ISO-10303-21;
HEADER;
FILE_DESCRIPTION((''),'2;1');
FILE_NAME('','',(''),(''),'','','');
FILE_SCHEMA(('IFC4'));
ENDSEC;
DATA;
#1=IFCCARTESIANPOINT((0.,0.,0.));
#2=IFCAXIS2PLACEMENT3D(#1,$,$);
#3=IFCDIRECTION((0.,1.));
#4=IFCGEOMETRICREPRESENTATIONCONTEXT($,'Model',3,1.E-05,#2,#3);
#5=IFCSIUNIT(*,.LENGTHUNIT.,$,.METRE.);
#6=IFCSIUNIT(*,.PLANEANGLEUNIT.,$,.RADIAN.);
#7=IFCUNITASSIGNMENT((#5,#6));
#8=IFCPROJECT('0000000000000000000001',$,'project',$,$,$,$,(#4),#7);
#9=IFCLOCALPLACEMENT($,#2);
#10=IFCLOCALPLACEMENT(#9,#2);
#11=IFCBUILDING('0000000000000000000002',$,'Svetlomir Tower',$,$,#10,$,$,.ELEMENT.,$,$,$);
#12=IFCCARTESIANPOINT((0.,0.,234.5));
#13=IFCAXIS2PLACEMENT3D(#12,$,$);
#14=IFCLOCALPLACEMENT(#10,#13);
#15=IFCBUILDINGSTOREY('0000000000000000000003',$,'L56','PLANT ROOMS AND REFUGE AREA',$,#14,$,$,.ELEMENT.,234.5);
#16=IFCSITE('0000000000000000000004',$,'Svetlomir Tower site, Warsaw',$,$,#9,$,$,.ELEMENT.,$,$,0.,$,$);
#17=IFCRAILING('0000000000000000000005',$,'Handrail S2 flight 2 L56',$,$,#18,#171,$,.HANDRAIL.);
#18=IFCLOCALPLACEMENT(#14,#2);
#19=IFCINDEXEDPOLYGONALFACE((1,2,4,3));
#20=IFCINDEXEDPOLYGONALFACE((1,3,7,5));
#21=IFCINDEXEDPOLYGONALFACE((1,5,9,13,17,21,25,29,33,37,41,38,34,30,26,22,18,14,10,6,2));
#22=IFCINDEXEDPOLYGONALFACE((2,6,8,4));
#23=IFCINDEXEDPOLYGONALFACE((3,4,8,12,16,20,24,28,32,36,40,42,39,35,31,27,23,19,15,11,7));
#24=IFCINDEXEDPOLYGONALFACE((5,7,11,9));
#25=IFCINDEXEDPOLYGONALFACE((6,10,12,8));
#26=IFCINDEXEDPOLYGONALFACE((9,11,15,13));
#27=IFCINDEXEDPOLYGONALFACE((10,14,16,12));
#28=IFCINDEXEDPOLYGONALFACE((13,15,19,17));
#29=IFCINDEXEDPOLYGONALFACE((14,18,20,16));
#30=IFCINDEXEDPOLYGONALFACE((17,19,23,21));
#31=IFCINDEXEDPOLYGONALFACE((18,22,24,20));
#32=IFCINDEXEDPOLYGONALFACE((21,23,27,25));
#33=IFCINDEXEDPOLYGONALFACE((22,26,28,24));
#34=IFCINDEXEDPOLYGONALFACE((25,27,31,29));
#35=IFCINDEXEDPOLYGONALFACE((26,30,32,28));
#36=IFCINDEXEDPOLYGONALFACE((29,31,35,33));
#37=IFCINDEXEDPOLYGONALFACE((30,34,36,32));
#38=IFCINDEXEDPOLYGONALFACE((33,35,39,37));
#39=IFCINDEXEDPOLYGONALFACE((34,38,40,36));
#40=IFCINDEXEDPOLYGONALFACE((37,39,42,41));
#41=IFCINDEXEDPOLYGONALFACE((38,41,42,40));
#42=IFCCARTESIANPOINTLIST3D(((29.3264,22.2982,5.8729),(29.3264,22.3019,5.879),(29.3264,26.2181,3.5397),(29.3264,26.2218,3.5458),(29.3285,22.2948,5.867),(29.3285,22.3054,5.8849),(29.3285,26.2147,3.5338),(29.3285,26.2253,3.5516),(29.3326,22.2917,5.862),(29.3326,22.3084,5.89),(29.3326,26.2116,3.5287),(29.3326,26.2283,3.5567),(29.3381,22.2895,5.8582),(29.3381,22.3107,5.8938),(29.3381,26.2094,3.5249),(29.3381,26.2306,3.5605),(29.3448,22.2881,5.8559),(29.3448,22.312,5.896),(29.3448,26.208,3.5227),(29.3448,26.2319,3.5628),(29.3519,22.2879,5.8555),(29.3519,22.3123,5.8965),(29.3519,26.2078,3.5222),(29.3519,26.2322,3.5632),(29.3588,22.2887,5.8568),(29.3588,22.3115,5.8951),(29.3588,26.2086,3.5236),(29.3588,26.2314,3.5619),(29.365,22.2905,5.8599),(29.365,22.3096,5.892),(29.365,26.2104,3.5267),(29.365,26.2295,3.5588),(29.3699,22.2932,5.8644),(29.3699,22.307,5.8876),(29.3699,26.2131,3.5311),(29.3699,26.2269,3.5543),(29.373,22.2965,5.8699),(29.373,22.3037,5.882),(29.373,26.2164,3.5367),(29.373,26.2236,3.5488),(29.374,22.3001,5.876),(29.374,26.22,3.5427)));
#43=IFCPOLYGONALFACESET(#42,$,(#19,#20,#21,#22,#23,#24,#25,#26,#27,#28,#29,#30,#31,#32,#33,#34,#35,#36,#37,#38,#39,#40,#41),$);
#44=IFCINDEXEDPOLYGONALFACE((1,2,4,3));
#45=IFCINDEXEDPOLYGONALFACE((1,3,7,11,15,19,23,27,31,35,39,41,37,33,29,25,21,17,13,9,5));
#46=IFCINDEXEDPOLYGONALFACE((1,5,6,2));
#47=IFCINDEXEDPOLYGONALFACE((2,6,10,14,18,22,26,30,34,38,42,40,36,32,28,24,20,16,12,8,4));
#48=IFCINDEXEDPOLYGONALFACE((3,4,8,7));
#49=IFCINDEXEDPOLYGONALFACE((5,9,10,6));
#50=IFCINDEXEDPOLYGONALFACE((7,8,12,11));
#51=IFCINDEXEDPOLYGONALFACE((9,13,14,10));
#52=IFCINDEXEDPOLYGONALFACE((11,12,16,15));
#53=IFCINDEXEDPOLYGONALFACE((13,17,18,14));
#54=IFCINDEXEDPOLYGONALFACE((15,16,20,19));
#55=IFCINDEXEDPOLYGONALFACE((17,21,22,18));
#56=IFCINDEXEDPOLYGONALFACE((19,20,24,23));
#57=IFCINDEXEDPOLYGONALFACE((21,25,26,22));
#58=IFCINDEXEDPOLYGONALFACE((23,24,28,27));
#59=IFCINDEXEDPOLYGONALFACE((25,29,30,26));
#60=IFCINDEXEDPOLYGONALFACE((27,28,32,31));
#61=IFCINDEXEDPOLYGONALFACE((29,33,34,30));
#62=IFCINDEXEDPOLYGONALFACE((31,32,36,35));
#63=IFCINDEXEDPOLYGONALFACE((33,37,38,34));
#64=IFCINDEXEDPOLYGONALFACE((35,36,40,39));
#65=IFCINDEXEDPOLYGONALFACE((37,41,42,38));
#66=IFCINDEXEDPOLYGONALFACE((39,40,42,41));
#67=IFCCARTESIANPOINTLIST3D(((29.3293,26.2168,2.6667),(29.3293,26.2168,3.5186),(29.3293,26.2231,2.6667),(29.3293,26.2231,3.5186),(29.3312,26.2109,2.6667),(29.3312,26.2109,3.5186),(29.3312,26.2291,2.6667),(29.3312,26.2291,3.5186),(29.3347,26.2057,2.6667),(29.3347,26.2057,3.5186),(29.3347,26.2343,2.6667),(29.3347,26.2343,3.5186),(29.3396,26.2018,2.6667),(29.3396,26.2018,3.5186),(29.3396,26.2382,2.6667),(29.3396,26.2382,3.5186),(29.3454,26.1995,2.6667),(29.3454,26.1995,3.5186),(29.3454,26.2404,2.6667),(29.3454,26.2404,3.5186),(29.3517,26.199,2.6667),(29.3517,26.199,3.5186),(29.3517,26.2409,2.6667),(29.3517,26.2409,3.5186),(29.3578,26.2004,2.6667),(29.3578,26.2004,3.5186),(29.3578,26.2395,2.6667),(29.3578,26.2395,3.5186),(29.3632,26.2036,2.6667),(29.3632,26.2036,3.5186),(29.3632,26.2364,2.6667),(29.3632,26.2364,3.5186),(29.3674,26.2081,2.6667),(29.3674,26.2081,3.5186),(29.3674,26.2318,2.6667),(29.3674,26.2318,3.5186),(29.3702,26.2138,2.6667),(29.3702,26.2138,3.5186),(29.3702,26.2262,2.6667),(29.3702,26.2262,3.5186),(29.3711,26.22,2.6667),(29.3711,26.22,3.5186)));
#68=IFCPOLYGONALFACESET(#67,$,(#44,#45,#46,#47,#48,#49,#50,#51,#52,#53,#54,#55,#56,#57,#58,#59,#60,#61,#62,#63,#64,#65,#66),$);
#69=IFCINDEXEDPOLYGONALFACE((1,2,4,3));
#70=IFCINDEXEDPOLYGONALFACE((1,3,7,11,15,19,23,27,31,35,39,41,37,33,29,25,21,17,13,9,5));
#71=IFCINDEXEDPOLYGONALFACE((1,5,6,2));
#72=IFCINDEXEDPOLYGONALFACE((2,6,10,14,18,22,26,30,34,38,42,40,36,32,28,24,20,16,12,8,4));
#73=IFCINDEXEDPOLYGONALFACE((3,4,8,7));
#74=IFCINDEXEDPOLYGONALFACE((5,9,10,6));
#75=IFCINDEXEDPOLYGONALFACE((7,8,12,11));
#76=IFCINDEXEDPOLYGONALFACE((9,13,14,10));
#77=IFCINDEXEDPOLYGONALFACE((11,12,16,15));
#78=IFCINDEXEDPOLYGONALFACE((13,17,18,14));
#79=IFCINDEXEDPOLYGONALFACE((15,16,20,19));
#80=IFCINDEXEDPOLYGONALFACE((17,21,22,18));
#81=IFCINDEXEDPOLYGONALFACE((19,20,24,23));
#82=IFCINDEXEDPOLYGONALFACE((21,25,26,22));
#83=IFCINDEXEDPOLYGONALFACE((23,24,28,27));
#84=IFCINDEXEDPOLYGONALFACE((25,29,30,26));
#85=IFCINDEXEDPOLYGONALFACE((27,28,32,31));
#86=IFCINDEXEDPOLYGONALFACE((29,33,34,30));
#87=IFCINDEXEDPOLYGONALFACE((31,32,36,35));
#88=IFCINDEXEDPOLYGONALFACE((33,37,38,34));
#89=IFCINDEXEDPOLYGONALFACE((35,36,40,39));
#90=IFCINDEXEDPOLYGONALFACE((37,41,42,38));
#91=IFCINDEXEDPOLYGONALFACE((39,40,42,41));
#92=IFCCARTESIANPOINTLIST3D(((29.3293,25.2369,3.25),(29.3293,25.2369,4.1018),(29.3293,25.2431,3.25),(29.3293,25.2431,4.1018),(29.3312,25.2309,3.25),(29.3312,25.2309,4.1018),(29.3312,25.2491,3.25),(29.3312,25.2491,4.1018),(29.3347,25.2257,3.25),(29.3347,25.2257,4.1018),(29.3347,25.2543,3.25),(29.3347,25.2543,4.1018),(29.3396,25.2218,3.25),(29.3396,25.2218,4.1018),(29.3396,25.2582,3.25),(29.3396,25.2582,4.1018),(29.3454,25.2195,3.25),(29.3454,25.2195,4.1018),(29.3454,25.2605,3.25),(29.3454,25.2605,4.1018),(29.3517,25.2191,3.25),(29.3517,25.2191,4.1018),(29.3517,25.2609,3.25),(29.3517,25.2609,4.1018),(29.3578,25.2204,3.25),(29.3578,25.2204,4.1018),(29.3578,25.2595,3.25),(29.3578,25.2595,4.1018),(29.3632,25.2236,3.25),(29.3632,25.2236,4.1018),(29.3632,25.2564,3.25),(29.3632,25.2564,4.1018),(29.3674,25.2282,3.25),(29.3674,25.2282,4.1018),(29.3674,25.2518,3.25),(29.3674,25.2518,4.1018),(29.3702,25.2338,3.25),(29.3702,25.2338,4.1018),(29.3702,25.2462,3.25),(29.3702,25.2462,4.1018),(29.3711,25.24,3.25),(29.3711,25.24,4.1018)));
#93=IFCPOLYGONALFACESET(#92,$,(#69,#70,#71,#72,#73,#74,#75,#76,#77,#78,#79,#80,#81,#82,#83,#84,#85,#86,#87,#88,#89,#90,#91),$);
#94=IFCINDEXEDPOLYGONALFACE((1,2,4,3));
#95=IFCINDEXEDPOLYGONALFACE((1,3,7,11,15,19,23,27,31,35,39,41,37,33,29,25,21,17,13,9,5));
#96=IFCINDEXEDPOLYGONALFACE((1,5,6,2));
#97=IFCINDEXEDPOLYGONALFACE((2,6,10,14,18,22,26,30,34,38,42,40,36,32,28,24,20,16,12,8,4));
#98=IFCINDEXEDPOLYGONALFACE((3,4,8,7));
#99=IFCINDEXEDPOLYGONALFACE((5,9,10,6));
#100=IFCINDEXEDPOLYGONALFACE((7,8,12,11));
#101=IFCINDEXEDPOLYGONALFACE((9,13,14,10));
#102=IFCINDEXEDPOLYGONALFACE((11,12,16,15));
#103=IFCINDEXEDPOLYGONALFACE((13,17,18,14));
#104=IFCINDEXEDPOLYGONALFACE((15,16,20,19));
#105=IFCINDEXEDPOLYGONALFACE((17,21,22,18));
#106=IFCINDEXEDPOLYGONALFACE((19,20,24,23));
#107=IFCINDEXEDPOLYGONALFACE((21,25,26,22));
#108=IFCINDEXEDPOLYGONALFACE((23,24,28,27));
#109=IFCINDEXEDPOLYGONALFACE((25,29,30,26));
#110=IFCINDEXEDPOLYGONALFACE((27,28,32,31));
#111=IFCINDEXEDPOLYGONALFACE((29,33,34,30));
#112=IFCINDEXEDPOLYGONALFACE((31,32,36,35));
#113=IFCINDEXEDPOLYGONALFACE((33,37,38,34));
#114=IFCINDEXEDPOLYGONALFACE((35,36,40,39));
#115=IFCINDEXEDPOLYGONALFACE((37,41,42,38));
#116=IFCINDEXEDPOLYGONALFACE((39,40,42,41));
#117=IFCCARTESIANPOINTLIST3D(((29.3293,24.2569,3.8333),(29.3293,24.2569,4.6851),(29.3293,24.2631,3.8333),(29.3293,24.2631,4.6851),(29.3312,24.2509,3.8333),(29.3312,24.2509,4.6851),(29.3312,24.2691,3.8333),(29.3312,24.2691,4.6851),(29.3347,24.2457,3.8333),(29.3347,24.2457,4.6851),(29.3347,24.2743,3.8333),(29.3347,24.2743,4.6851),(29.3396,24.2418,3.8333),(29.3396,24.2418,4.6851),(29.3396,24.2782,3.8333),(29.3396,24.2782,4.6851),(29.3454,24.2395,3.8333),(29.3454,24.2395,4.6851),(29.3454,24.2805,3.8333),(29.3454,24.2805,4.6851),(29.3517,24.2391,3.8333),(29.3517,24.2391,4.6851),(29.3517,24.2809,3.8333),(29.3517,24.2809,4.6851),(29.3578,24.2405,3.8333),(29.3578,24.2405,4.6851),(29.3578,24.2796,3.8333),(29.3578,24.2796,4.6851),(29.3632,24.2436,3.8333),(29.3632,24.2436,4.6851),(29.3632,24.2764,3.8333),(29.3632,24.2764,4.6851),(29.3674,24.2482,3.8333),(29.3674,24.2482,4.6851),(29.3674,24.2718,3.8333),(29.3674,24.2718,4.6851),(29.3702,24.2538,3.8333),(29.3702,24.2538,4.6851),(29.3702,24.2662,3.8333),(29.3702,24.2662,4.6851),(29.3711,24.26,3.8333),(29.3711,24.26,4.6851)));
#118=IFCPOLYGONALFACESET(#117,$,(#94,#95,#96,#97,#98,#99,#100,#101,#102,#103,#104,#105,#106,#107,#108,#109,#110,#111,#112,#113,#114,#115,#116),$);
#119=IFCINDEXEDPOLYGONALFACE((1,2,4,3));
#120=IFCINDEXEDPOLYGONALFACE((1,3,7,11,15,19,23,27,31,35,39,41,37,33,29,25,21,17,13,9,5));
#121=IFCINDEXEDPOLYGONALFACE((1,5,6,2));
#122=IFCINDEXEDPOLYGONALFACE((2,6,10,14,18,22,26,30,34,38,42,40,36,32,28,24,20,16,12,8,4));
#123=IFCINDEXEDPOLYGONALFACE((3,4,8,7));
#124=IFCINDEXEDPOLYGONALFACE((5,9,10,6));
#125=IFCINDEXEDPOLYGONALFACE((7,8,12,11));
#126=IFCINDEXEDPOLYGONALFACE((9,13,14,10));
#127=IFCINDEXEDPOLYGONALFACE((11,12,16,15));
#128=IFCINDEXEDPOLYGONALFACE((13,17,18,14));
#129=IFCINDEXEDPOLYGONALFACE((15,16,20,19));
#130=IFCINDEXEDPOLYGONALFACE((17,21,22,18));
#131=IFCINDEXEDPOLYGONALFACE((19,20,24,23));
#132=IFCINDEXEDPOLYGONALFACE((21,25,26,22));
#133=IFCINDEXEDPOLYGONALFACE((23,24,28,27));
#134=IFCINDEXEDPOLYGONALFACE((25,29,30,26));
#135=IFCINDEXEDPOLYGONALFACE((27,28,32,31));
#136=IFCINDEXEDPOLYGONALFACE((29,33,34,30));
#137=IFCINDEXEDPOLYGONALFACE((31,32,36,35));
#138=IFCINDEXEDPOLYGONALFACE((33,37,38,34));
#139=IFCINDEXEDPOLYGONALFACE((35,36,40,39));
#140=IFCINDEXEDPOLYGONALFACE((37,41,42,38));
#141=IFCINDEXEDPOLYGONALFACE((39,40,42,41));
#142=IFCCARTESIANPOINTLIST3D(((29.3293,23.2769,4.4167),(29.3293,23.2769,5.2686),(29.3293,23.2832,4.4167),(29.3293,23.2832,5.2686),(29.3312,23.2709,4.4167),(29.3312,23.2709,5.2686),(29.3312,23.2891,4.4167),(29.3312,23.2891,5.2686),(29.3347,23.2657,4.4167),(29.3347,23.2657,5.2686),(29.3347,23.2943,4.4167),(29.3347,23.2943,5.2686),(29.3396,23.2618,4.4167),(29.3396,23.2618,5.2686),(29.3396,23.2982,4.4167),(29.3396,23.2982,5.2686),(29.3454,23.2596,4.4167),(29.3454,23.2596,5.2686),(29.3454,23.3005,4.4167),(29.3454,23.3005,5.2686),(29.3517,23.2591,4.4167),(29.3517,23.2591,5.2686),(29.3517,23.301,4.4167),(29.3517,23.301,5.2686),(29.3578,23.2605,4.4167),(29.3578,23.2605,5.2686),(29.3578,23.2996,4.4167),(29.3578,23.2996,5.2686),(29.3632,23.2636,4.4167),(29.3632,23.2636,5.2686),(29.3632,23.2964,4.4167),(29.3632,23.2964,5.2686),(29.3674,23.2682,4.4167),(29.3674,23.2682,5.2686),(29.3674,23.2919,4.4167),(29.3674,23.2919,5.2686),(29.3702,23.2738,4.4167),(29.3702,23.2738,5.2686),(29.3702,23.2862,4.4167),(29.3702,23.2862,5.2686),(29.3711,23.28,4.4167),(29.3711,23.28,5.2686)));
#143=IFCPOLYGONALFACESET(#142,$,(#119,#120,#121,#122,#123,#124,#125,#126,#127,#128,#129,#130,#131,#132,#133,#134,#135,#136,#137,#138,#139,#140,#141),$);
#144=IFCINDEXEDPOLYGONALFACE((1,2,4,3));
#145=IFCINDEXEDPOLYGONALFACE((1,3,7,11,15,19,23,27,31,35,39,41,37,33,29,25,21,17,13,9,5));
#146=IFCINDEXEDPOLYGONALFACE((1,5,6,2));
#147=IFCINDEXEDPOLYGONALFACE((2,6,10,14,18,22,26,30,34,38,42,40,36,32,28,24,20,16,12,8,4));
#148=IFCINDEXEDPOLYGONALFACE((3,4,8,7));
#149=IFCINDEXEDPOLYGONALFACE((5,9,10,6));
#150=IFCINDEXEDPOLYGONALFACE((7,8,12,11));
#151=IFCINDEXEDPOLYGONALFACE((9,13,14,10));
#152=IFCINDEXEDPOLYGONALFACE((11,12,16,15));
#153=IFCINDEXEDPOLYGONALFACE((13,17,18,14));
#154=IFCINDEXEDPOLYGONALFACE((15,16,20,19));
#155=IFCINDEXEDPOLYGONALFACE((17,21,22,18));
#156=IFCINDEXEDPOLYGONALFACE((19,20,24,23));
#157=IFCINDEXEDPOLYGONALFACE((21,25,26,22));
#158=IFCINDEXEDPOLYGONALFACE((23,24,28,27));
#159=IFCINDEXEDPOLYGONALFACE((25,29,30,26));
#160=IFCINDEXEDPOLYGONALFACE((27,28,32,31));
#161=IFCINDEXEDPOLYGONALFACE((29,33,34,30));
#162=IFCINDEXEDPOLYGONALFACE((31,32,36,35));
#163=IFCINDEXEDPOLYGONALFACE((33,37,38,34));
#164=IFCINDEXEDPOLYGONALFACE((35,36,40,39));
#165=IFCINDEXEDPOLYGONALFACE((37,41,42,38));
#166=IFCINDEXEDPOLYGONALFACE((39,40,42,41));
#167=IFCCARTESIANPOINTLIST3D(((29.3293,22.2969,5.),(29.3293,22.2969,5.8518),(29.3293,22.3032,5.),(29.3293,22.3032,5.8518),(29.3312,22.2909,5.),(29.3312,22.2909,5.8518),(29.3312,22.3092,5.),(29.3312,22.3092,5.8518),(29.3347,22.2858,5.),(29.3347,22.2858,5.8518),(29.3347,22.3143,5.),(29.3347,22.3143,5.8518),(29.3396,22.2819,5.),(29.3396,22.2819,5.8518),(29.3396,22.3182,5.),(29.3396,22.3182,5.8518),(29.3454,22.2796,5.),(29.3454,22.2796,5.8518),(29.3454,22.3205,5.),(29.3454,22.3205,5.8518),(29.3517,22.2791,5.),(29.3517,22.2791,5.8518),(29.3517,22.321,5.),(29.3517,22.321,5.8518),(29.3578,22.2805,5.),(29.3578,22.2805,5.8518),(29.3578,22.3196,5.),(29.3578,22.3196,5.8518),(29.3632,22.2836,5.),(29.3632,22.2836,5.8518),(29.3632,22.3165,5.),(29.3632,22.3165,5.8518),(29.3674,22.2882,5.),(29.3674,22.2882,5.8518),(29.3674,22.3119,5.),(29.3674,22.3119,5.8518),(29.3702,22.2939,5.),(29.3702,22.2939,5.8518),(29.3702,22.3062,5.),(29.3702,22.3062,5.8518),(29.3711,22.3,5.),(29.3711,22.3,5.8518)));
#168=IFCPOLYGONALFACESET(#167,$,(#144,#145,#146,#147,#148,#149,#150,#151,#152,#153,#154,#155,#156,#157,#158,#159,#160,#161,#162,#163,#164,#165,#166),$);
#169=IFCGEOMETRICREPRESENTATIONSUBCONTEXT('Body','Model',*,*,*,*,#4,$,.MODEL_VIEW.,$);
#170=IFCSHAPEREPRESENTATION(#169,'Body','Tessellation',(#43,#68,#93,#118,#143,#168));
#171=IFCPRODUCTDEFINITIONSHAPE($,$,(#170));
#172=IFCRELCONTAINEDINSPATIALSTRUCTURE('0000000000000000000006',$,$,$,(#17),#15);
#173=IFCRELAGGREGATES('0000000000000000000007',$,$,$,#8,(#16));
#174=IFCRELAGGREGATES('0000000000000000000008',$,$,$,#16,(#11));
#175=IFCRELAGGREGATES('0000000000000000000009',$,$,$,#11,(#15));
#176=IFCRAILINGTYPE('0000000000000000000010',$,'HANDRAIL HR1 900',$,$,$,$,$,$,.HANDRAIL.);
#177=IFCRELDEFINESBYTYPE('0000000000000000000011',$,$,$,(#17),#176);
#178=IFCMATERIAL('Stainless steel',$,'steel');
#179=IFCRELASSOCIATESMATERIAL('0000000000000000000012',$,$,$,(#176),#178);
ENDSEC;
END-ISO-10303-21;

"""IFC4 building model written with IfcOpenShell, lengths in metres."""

from ifc_helpers import new_model, si_unit, direction, frame, origin, origin_2d, place, context, subcontext, project, spatial, circle, extrude, material, type_object, element, save


model = new_model("IFC4")

# Units and contexts
model_context = context("Model", 3, precision=1e-05, world=origin(), true_north=direction((0.0, 1.0)))
body_context = subcontext(model_context, "Body", "Model", "MODEL_VIEW")
ifc_project = project(units=[si_unit("LENGTHUNIT", "METRE"), si_unit("PLANEANGLEUNIT", "RADIAN")], contexts=[model_context])

# Site, building, storey
site_placement = place(None, origin())
site = spatial("IfcSite", under=ifc_project, at=site_placement, Name="Svetlomir Tower site, Warsaw", CompositionType="ELEMENT", RefElevation=0.0)
building_placement = place(site_placement, origin())
building = spatial("IfcBuilding", under=site, at=building_placement, Name="Svetlomir Tower", CompositionType="ELEMENT")
storey_placement = place(building_placement, frame((0.0, 0.0, 234.5)))
storey = spatial("IfcBuildingStorey", under=building, at=storey_placement, Name="L56", Description="PLANT ROOMS AND REFUGE AREA", CompositionType="ELEMENT", Elevation=234.5)

# Railing
ifc_material_1 = material(Name="Stainless steel", Category="steel")
railing_type_1 = type_object("IfcRailingType", Name="HANDRAIL HR1 900", PredefinedType="HANDRAIL", material=ifc_material_1)
railing_1_placement = place(storey_placement, frame((29.3501, 26.22, 2.6667)))
element("IfcRailing", 1, at=railing_1_placement, inside=storey, type_object=railing_type_1, Name="Handrail S2 flight 2 L56", PredefinedType="HANDRAIL", context=body_context, shape_type="SweptSolid", body=[
    extrude(circle(Radius=0.0239, at=origin_2d()), frame((0.0, 0.0, 0.876), z_axis=(0.0, -0.859296, 0.511478), x_axis=(1.0, 0.0, 0.0)), (0.0, 0.0, 1.0), 4.5618),
    extrude(circle(Radius=0.021, at=origin_2d()), origin(), (0.0, 0.0, 1.0), 0.8518),
    extrude(circle(Radius=0.021, at=origin_2d()), frame((0.0, -0.98, 0.5833)), (0.0, 0.0, 1.0), 0.8518),
    extrude(circle(Radius=0.021, at=origin_2d()), frame((0.0, -1.96, 1.1665)), (0.0, 0.0, 1.0), 0.8518),
    extrude(circle(Radius=0.021, at=origin_2d()), frame((0.0, -2.9399, 1.75)), (0.0, 0.0, 1.0), 0.8518),
    extrude(circle(Radius=0.021, at=origin_2d()), frame((0.0, -3.9199, 2.3333)), (0.0, 0.0, 1.0), 0.8518),
])

save(model, "model.ifc")
